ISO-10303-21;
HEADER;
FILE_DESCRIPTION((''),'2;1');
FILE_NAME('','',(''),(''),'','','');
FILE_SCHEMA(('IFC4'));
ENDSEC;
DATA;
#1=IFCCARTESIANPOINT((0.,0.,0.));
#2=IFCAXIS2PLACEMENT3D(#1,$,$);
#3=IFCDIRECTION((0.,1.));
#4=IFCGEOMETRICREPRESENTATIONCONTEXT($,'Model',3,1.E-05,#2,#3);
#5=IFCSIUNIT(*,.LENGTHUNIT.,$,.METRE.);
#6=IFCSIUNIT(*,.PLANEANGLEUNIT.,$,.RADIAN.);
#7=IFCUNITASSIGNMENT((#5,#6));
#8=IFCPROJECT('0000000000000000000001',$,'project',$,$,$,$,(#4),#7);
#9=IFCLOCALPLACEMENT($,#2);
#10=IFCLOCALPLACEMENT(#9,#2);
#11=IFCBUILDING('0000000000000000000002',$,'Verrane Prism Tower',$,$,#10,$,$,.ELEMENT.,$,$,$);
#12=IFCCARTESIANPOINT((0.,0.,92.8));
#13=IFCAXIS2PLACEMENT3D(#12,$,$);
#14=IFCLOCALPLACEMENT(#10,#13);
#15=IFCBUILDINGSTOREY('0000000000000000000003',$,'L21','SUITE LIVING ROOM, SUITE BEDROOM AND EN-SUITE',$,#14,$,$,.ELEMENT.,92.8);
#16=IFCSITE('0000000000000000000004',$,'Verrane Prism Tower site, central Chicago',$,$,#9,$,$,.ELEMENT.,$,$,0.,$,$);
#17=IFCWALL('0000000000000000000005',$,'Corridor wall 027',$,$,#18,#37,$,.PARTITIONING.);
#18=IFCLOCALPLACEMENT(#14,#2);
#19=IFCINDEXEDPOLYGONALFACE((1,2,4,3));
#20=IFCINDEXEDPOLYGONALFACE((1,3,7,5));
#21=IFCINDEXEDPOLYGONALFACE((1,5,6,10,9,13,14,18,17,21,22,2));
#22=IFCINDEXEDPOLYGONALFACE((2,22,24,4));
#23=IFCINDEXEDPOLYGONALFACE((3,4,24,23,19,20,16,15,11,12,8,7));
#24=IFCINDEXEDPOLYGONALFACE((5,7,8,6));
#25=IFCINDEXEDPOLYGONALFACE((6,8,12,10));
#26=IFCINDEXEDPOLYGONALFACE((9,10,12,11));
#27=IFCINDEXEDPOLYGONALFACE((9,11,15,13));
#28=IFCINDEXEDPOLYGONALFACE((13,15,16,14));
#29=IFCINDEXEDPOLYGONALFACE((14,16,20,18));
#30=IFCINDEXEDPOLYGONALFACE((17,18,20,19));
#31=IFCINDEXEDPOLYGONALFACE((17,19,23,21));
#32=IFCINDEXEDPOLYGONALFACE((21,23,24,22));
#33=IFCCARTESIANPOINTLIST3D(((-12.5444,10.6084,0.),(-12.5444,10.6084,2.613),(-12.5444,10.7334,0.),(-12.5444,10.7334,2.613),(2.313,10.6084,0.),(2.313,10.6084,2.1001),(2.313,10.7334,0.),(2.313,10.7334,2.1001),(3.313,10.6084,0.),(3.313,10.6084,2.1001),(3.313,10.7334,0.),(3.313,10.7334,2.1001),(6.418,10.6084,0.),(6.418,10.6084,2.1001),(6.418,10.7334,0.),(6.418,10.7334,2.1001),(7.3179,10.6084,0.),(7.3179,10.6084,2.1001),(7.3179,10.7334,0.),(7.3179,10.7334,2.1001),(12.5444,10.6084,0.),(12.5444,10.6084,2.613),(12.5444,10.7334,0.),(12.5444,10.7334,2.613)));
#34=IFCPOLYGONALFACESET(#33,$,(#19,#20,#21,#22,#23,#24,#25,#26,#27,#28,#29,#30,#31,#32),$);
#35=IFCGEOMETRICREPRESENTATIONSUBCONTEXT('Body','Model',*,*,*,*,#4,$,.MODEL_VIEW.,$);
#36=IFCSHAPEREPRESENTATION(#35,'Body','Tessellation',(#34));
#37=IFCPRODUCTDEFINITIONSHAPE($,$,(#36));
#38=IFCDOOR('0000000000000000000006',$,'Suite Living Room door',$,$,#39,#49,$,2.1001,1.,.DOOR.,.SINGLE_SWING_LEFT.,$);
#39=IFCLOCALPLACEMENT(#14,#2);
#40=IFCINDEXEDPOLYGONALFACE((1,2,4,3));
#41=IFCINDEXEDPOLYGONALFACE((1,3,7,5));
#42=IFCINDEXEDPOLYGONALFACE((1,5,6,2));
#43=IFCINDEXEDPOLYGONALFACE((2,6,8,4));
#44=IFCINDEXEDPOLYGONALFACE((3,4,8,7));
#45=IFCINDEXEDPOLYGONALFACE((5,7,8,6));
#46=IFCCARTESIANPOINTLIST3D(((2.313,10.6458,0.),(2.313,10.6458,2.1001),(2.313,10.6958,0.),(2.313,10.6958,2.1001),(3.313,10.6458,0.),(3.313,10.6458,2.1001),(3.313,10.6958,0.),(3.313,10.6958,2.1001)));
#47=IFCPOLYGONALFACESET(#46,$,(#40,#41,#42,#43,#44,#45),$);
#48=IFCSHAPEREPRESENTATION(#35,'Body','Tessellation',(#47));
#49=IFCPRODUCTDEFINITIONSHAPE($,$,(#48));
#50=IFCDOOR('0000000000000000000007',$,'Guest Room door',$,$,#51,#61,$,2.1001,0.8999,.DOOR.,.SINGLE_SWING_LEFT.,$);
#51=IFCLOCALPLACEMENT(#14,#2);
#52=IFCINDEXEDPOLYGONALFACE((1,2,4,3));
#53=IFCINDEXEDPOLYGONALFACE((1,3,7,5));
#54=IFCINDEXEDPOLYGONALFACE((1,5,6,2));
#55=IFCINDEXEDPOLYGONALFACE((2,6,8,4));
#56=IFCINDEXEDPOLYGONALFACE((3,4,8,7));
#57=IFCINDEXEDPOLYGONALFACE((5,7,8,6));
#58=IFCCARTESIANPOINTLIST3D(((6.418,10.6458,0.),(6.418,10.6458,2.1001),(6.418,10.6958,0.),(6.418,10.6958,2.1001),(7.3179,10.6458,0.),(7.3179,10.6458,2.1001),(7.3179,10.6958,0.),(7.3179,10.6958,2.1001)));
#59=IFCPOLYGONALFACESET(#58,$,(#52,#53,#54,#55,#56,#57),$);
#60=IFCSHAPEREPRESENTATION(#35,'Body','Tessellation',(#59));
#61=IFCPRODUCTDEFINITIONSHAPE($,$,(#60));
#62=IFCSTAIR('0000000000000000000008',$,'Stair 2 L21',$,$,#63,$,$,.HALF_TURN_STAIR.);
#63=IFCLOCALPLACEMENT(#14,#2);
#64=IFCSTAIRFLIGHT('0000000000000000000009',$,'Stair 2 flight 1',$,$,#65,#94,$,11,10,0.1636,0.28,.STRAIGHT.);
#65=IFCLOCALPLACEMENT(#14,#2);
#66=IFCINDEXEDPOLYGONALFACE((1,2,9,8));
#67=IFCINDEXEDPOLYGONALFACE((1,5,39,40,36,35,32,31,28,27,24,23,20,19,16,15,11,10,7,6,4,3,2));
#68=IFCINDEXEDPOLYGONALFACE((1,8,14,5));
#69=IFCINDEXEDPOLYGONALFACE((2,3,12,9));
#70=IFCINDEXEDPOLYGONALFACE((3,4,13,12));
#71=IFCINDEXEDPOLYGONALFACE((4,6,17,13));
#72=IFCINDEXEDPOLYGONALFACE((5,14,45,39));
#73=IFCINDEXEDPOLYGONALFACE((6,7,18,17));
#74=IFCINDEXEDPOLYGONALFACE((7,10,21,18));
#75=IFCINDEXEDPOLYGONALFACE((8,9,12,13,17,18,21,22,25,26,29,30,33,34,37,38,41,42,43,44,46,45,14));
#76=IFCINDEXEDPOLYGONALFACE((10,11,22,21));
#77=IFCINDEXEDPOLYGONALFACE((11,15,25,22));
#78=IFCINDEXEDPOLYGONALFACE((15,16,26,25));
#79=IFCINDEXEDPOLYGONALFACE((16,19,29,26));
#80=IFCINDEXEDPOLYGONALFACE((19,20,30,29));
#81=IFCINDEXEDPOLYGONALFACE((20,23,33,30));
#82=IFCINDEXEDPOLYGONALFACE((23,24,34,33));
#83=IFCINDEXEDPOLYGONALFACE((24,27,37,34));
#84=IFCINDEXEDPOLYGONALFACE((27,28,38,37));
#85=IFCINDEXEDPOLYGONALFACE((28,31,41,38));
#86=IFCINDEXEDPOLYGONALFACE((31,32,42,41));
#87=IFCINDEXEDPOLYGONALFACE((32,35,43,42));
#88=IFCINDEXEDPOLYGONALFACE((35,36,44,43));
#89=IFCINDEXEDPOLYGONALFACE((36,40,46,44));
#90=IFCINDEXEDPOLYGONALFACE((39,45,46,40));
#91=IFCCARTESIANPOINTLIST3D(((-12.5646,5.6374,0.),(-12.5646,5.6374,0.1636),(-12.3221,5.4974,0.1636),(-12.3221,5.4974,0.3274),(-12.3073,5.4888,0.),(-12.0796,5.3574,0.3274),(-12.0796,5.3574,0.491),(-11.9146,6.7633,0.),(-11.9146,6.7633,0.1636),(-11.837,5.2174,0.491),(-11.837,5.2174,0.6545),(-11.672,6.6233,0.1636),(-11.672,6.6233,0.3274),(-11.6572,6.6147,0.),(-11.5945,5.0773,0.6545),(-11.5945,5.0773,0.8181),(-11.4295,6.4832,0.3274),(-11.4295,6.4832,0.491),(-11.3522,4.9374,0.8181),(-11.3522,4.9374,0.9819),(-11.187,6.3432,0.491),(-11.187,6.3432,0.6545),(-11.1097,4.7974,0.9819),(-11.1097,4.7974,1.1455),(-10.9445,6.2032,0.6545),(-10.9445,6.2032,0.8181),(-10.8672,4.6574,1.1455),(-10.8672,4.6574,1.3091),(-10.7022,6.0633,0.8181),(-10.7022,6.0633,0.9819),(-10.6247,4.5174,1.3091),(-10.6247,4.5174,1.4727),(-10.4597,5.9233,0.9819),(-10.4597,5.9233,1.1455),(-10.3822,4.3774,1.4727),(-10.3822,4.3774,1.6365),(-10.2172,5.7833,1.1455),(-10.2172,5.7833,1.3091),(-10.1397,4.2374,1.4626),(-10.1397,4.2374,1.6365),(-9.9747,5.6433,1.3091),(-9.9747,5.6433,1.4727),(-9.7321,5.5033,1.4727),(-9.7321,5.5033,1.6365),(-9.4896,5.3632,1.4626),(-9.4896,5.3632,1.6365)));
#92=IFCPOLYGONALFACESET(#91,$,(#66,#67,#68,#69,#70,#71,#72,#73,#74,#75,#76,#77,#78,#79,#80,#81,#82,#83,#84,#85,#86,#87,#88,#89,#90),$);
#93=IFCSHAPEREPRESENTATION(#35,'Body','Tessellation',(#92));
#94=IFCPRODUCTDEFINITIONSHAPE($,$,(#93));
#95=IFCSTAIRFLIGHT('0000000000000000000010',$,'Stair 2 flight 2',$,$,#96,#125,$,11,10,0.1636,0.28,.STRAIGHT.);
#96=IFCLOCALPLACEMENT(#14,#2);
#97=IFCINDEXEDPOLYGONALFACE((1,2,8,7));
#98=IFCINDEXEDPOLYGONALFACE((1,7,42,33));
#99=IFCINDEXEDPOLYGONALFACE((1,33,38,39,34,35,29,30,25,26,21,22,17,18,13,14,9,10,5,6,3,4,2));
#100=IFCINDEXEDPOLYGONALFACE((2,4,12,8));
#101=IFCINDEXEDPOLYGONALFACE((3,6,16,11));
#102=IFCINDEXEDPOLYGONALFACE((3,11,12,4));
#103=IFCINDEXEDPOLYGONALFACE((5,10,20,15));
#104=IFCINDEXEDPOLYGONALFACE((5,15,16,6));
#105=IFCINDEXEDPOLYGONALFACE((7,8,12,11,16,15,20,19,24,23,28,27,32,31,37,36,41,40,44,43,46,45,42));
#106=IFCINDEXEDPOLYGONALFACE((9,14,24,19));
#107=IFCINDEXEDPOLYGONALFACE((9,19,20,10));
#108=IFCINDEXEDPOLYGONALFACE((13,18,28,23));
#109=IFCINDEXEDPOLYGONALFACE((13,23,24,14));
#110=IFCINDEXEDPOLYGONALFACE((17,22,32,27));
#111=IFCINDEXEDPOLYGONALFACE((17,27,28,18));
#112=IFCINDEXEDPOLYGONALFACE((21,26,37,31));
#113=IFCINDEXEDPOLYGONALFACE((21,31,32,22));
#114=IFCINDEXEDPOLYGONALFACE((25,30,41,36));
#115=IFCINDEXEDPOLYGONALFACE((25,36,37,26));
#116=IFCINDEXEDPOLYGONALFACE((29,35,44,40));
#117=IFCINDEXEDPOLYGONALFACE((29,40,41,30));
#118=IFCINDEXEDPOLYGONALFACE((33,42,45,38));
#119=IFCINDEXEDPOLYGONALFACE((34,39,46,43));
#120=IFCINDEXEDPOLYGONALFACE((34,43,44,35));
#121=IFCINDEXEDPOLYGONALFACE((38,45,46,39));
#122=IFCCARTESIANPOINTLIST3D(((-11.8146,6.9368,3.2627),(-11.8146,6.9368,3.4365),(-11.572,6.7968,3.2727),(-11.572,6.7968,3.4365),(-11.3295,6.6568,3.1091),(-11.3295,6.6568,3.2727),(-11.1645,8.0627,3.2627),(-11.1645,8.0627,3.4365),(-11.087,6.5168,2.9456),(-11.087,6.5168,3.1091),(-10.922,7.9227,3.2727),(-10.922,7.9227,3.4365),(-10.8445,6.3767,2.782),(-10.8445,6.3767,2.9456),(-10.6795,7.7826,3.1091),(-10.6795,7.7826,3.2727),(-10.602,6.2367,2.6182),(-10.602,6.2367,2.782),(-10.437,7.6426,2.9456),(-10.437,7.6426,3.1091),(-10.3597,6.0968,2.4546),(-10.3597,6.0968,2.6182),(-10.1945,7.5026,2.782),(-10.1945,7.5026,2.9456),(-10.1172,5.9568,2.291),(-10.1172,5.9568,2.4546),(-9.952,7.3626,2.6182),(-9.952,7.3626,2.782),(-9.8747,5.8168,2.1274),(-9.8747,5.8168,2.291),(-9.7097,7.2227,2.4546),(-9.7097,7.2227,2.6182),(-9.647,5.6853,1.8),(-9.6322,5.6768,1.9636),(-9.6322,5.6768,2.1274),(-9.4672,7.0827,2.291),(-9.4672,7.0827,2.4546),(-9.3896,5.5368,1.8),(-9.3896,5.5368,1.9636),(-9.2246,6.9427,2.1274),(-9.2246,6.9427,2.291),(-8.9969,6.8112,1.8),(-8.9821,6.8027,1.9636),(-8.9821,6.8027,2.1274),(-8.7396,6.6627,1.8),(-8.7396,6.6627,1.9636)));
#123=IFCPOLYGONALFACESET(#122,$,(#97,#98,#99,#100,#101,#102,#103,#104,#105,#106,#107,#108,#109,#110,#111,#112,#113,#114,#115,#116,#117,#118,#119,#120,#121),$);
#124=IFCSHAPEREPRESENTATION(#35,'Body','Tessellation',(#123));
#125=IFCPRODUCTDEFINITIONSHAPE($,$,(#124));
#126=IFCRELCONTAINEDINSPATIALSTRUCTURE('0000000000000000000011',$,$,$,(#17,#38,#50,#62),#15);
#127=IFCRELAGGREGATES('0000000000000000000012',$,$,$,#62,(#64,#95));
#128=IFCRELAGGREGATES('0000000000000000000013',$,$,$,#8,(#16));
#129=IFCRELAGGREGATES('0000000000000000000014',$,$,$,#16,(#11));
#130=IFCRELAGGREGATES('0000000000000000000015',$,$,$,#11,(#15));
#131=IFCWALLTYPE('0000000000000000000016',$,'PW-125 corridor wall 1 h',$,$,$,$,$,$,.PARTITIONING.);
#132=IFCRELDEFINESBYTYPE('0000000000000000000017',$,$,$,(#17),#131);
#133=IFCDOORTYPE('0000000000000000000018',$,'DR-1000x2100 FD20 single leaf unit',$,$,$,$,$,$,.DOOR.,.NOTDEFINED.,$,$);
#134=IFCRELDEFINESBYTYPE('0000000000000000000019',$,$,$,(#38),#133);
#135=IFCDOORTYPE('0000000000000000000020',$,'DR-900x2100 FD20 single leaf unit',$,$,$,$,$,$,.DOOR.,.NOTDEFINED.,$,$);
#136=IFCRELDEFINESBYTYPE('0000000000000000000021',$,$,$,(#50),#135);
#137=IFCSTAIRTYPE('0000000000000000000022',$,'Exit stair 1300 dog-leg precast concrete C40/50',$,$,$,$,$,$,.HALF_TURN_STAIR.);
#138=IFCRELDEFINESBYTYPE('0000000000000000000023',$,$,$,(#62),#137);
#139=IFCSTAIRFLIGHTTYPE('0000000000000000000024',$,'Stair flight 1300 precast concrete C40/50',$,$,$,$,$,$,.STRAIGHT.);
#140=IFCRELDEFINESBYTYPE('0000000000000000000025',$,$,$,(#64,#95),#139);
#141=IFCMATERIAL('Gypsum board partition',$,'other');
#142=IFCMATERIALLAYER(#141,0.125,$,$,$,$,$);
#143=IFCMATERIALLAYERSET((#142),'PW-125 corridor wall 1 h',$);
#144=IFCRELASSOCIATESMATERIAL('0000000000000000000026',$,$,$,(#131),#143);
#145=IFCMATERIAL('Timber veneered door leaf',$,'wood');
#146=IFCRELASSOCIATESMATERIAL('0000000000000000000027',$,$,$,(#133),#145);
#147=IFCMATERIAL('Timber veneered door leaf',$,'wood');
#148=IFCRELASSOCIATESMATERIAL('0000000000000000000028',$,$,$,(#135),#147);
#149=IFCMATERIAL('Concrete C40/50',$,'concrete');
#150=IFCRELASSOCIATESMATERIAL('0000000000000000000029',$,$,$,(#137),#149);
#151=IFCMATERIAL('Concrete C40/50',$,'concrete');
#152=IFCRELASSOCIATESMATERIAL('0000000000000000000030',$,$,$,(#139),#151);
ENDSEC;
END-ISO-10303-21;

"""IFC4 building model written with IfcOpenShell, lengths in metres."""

from ifc_helpers import new_model, si_unit, direction, frame, frame_2d, origin, place, context, subcontext, project, spatial, polyline, rectangle, outline, extrude, material, layer, layer_set, type_object, element, fill, aggregate, save


model = new_model("IFC4")

# Units and contexts
model_context = context("Model", 3, precision=1e-05, world=origin(), true_north=direction((0.0, 1.0)))
body_context = subcontext(model_context, "Body", "Model", "MODEL_VIEW")
ifc_project = project(units=[si_unit("LENGTHUNIT", "METRE"), si_unit("PLANEANGLEUNIT", "RADIAN")], contexts=[model_context])

# Site, building, storey
site_placement = place(None, origin())
site = spatial("IfcSite", under=ifc_project, at=site_placement, Name="Verrane Prism Tower site, central Chicago", CompositionType="ELEMENT", RefElevation=0.0)
building_placement = place(site_placement, origin())
building = spatial("IfcBuilding", under=site, at=building_placement, Name="Verrane Prism Tower", CompositionType="ELEMENT")
storey_placement = place(building_placement, frame((0.0, 0.0, 92.8)))
storey = spatial("IfcBuildingStorey", under=building, at=storey_placement, Name="L21", Description="SUITE LIVING ROOM, SUITE BEDROOM AND EN-SUITE", CompositionType="ELEMENT", Elevation=92.8)

# Shared definitions
ifc_material_1 = material(Name="Gypsum board partition", Category="other")
ifc_layer_1 = layer(ifc_material_1, 0.125)
ifc_layer_set_1 = layer_set([ifc_layer_1], Name="PW-125 corridor wall 1 h")
wall_type_1 = type_object("IfcWallType", Name="PW-125 corridor wall 1 h", PredefinedType="PARTITIONING", material=ifc_layer_set_1)

# Wall, openings, doors
wall_1_placement = place(storey_placement, frame((-12.5444, 10.6709, 0.0), z_axis=(0.0, 0.0, 1.0), x_axis=(1.0, 0.0, 0.0)))
wall_1 = element("IfcWall", 1, at=wall_1_placement, inside=storey, type_object=wall_type_1, Name="Corridor wall 027", PredefinedType="PARTITIONING", context=body_context, shape_type="SweptSolid", body=[
    extrude(rectangle(XDim=25.0889, YDim=0.125, at=frame_2d((12.5444, 0.0))), origin(), (0.0, 0.0, 1.0), 2.613),
])
opening_1_placement = place(wall_1_placement, frame((18.9624, 0.0, 0.0)))
opening_1 = element("IfcOpeningElement", 2, at=opening_1_placement, cuts=wall_1, PredefinedType="OPENING", context=body_context, shape_type="SweptSolid", body=[
    extrude(rectangle(XDim=0.8999, YDim=2.1001, at=frame_2d((0.45, 1.05))), frame((0.0, 0.0725, 0.0), z_axis=(0.0, -1.0, 0.0), x_axis=(1.0, 0.0, 0.0)), (0.0, 0.0, 1.0), 0.145),
])
opening_2_placement = place(wall_1_placement, frame((14.8574, 0.0, 0.0)))
opening_2 = element("IfcOpeningElement", 3, at=opening_2_placement, cuts=wall_1, PredefinedType="OPENING", context=body_context, shape_type="SweptSolid", body=[
    extrude(rectangle(XDim=1.0, YDim=2.1001, at=frame_2d((0.5, 1.05))), frame((0.0, 0.0725, 0.0), z_axis=(0.0, -1.0, 0.0), x_axis=(1.0, 0.0, 0.0)), (0.0, 0.0, 1.0), 0.145),
])
ifc_material_2 = material(Name="Timber veneered door leaf", Category="wood")
door_type_1 = type_object("IfcDoorType", Name="DR-1000x2100 FD20 single leaf unit", OperationType="NOTDEFINED", PredefinedType="DOOR", material=ifc_material_2)
door_1_placement = place(opening_2_placement, origin())
door_1 = element("IfcDoor", 4, at=door_1_placement, inside=storey, type_object=door_type_1, Name="Suite Living Room door", OperationType="SINGLE_SWING_LEFT", OverallHeight=2.1001, OverallWidth=1.0, PredefinedType="DOOR", context=body_context, shape_type="SweptSolid", body=[
    extrude(rectangle(XDim=1.0, YDim=2.1001, at=frame_2d((0.5, 1.05))), frame((0.0, 0.0249, 0.0), z_axis=(0.0, -1.0, 0.0), x_axis=(1.0, 0.0, 0.0)), (0.0, 0.0, 1.0), 0.05),
])
fill(opening_2, door_1)
ifc_material_3 = material(Name="Timber veneered door leaf", Category="wood")
door_type_2 = type_object("IfcDoorType", Name="DR-900x2100 FD20 single leaf unit", OperationType="NOTDEFINED", PredefinedType="DOOR", material=ifc_material_3)
door_2_placement = place(opening_1_placement, origin())
door_2 = element("IfcDoor", 5, at=door_2_placement, inside=storey, type_object=door_type_2, Name="Guest Room door", OperationType="SINGLE_SWING_LEFT", OverallHeight=2.1001, OverallWidth=0.8999, PredefinedType="DOOR", context=body_context, shape_type="SweptSolid", body=[
    extrude(rectangle(XDim=0.8999, YDim=2.1001, at=frame_2d((0.45, 1.05))), frame((0.0, 0.0249, 0.0), z_axis=(0.0, -1.0, 0.0), x_axis=(1.0, 0.0, 0.0)), (0.0, 0.0, 1.0), 0.05),
])
fill(opening_1, door_2)

# Stair, stair flights
ifc_material_4 = material(Name="Concrete C40/50", Category="concrete")
stair_type = type_object("IfcStairType", Name="Exit stair 1300 dog-leg precast concrete C40/50", PredefinedType="HALF_TURN_STAIR", material=ifc_material_4)
stair_placement = place(storey_placement, origin())
stair = element("IfcStair", 6, at=stair_placement, inside=storey, type_object=stair_type, Name="Stair 2 L21", PredefinedType="HALF_TURN_STAIR")
ifc_material_5 = material(Name="Concrete C40/50", Category="concrete")
stair_flight_type = type_object("IfcStairFlightType", Name="Stair flight 1300 precast concrete C40/50", PredefinedType="STRAIGHT", material=ifc_material_5)
stair_flight_1_placement = place(storey_placement, frame((-12.2395, 6.2004, 0.0), z_axis=(0.0, 0.0, 1.0), x_axis=(0.866025, -0.5, 0.0)))
stair_flight_1 = element("IfcStairFlight", 7, at=stair_flight_1_placement, type_object=stair_flight_type, Name="Stair 2 flight 1", NumberOfRisers=11, NumberOfTreads=10, PredefinedType="STRAIGHT", RiserHeight=0.1636, TreadLength=0.28, context=body_context, shape_type="SweptSolid", body=[
    extrude(outline(polyline([(0.0, 0.0), (0.0, 0.1636), (0.28, 0.1636), (0.28, 0.3274), (0.5601, 0.3274), (0.5601, 0.491), (0.8401, 0.491), (0.8401, 0.6545), (1.1201, 0.6545), (1.1201, 0.8181), (1.3999, 0.8181), (1.3999, 0.9819), (1.6799, 0.9819), (1.6799, 1.1455), (1.96, 1.1455), (1.96, 1.3091), (2.24, 1.3091), (2.24, 1.4727), (2.52, 1.4727), (2.52, 1.6365), (2.8, 1.6365), (2.8, 1.8), (2.8, 1.4626), (0.2971, 0.0), (0.0, 0.0)])), frame((0.0, 0.6499, 0.0), z_axis=(0.0, -1.0, 0.0), x_axis=(1.0, 0.0, 0.0)), (0.0, 0.0, 1.0), 1.3),
])
stair_flight_2_placement = place(storey_placement, frame((-9.0647, 6.0996, 1.8), z_axis=(0.0, 0.0, 1.0), x_axis=(-0.866025, 0.5, 0.0)))
stair_flight_2 = element("IfcStairFlight", 8, at=stair_flight_2_placement, type_object=stair_flight_type, Name="Stair 2 flight 2", NumberOfRisers=11, NumberOfTreads=10, PredefinedType="STRAIGHT", RiserHeight=0.1636, TreadLength=0.28, context=body_context, shape_type="SweptSolid", body=[
    extrude(outline(polyline([(0.0, 0.0), (0.0, 0.1636), (0.28, 0.1636), (0.28, 0.3274), (0.5601, 0.3274), (0.5601, 0.491), (0.8401, 0.491), (0.8401, 0.6545), (1.1201, 0.6545), (1.1201, 0.8181), (1.3999, 0.8181), (1.3999, 0.9819), (1.6799, 0.9819), (1.6799, 1.1455), (1.96, 1.1455), (1.96, 1.3091), (2.24, 1.3091), (2.24, 1.4727), (2.52, 1.4727), (2.52, 1.6365), (2.8, 1.6365), (2.8, 1.8), (2.8, 1.4626), (0.2971, 0.0), (0.0, 0.0)])), frame((0.0, 0.6499, 0.0), z_axis=(0.0, -1.0, 0.0), x_axis=(1.0, 0.0, 0.0)), (0.0, 0.0, 1.0), 1.3),
])
aggregate(stair, [stair_flight_1, stair_flight_2])

save(model, "model.ifc")
